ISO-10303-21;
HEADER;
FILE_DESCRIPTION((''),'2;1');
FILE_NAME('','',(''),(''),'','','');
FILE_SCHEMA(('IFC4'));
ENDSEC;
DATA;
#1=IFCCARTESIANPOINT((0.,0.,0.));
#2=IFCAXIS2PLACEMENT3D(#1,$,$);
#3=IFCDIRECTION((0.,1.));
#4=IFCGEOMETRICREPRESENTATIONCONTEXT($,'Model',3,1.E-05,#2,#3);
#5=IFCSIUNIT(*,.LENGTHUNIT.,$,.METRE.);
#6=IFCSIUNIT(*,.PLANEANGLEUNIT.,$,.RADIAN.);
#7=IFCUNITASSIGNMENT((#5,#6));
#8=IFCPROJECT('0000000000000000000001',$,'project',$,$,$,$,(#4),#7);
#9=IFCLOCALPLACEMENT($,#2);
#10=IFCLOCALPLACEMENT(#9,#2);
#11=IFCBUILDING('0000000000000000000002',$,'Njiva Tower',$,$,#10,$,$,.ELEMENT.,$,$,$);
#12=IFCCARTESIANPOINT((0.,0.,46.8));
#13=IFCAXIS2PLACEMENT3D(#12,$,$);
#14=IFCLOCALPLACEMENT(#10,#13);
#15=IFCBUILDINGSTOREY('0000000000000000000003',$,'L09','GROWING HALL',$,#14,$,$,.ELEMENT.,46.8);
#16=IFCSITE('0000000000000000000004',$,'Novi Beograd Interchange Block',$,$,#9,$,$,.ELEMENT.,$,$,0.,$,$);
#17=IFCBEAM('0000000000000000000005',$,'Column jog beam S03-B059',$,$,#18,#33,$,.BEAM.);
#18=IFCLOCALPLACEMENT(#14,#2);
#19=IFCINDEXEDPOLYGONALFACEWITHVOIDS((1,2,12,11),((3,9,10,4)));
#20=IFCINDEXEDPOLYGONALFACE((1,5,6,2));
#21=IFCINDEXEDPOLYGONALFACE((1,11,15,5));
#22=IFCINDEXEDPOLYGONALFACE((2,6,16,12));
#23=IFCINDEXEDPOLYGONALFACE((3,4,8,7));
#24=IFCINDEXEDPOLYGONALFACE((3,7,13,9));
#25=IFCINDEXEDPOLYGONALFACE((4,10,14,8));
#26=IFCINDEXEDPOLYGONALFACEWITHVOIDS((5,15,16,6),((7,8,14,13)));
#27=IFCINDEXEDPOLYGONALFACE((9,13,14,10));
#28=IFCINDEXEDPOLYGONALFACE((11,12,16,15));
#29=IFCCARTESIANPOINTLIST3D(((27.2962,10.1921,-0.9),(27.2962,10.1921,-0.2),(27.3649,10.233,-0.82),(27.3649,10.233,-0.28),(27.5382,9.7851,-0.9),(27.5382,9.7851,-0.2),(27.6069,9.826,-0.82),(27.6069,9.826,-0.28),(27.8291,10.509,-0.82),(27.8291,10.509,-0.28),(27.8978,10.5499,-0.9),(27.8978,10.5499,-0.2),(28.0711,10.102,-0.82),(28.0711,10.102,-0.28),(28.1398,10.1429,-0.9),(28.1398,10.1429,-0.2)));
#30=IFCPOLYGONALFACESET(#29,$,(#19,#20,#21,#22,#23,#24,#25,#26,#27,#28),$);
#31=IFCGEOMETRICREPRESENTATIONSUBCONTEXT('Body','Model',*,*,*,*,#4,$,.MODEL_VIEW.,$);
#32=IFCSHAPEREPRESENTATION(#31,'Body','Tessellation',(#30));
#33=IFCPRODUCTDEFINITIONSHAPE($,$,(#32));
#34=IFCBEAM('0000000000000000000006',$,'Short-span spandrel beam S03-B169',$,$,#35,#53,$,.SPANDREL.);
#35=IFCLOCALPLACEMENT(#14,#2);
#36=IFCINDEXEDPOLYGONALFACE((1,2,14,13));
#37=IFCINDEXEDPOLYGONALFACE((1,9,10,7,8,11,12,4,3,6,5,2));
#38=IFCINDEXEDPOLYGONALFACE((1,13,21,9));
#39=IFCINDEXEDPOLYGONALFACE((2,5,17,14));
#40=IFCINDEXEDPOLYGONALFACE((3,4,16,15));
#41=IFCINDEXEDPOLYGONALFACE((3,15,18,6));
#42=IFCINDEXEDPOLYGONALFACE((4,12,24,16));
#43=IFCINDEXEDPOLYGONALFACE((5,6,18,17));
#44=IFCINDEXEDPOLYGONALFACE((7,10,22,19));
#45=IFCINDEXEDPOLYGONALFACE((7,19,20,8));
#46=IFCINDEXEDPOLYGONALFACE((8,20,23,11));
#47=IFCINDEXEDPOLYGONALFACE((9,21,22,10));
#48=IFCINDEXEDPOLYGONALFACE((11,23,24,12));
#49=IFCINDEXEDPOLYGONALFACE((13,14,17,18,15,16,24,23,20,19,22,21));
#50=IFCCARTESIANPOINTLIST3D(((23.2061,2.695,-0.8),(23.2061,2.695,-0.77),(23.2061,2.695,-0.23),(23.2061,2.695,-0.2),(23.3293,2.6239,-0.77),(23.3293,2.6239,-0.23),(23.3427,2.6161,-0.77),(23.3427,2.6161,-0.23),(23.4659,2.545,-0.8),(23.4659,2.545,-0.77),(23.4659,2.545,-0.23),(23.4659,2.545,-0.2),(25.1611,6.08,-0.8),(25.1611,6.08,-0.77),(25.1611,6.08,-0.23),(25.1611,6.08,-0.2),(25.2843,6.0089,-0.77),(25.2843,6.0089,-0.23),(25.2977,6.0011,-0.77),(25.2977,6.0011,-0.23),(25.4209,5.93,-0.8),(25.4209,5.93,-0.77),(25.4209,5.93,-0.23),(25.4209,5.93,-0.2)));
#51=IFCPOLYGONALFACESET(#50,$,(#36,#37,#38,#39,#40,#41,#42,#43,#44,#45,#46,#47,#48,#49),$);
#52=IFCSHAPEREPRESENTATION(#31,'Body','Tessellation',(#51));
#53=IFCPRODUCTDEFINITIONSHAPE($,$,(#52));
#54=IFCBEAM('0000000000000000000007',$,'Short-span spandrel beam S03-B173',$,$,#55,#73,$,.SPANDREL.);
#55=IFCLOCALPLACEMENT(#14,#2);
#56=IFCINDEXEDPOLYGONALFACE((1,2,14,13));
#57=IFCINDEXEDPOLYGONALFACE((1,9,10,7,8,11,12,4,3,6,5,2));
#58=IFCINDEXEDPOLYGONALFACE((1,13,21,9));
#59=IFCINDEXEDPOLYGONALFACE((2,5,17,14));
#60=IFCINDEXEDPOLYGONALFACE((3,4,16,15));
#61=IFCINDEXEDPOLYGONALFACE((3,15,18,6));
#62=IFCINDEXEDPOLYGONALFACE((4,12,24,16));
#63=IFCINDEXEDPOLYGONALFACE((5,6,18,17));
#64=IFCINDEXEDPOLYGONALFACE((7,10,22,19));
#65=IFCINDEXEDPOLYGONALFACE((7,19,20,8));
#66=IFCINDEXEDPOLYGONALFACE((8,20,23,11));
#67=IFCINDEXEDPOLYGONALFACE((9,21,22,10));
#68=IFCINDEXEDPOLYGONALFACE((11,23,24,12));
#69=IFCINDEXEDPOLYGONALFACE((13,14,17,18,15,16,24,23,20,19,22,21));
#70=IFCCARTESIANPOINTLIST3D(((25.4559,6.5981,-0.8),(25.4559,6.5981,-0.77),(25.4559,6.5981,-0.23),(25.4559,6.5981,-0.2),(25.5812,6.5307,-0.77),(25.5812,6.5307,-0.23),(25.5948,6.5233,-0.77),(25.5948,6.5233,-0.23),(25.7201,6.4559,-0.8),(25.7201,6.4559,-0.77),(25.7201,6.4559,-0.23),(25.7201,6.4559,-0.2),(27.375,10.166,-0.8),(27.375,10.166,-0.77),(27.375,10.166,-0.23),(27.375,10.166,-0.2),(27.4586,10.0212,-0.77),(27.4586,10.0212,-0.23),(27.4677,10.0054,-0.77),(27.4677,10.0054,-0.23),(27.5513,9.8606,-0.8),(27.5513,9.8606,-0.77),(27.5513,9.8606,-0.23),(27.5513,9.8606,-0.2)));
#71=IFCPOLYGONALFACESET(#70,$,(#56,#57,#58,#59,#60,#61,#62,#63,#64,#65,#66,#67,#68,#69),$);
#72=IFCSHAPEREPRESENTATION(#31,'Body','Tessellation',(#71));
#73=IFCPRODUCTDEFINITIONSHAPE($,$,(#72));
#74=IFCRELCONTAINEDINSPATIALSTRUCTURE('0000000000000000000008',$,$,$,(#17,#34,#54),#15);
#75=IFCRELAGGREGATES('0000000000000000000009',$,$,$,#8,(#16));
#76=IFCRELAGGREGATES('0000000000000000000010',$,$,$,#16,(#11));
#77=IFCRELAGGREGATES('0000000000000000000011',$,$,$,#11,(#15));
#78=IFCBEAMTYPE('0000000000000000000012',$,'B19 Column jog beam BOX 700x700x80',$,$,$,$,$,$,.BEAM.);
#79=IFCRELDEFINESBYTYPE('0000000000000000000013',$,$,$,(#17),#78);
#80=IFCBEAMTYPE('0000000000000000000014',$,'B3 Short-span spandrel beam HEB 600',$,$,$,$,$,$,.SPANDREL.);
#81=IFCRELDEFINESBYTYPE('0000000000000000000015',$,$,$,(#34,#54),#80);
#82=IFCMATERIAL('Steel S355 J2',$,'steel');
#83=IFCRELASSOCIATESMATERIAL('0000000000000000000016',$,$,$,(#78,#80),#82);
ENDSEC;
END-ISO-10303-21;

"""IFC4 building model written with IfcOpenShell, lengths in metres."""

from ifc_helpers import new_model, si_unit, direction, frame, origin, origin_2d, place, context, subcontext, project, spatial, hollow_rectangle, i_section, extrude, clip, halfspace, material, material_profile, profile_set, type_object, element, save


model = new_model("IFC4")

# Units and contexts
model_context = context("Model", 3, precision=1e-05, world=origin(), true_north=direction((0.0, 1.0)))
body_context = subcontext(model_context, "Body", "Model", "MODEL_VIEW")
ifc_project = project(units=[si_unit("LENGTHUNIT", "METRE"), si_unit("PLANEANGLEUNIT", "RADIAN")], contexts=[model_context])

# Site, building, storey
site_placement = place(None, origin())
site = spatial("IfcSite", under=ifc_project, at=site_placement, Name="Novi Beograd Interchange Block", CompositionType="ELEMENT", RefElevation=0.0)
building_placement = place(site_placement, origin())
building = spatial("IfcBuilding", under=site, at=building_placement, Name="Njiva Tower", CompositionType="ELEMENT")
storey_placement = place(building_placement, frame((0.0, 0.0, 46.8)))
storey = spatial("IfcBuildingStorey", under=building, at=storey_placement, Name="L09", Description="GROWING HALL", CompositionType="ELEMENT", Elevation=46.8)

# Shared definitions
ifc_material_1 = material(Name="Steel S355 J2", Category="steel")

# Beams
ifc_material_profile_1 = material_profile(ifc_material_1, hollow_rectangle(XDim=0.7, YDim=0.7, WallThickness=0.08, at=origin_2d()), Name="BOX 700x700x80")
ifc_profile_set_1 = profile_set([ifc_material_profile_1], Name="Steel S355 J2")
beam_type_1 = type_object("IfcBeamType", Name="B19 Column jog beam BOX 700x700x80", PredefinedType="BEAM", material=ifc_profile_set_1)
beam_1_placement = place(storey_placement, frame((27.839, 9.964, -0.55), z_axis=(-0.511075, 0.859536, 0.0), x_axis=(-0.859536, -0.511075, 0.0)))
element("IfcBeam", 1, at=beam_1_placement, inside=storey, type_object=beam_type_1, Name="Column jog beam S03-B059", PredefinedType="BEAM", context=body_context, shape_type="SweptSolid", body=[
    extrude(hollow_rectangle(XDim=0.7, YDim=0.7, WallThickness=0.08, at=origin_2d()), origin(), (0.0, 0.0, 1.0), 0.4735),
])
ifc_material_profile_2 = material_profile(ifc_material_1, i_section(OverallWidth=0.3, OverallDepth=0.6, WebThickness=0.0155, FlangeThickness=0.03, at=origin_2d()), Name="HEB 600")
ifc_profile_set_2 = profile_set([ifc_material_profile_2], Name="Steel S355 J2")
beam_type_2 = type_object("IfcBeamType", Name="B3 Short-span spandrel beam HEB 600", PredefinedType="SPANDREL", material=ifc_profile_set_2)
beam_2_placement = place(storey_placement, frame((23.336, 2.62, -0.5), z_axis=(0.500128, 0.865951, 0.0), x_axis=(-0.865951, 0.500128, 0.0)))
element("IfcBeam", 2, at=beam_2_placement, inside=storey, type_object=beam_type_2, Name="Short-span spandrel beam S03-B169", PredefinedType="SPANDREL", context=body_context, shape_type="SweptSolid", body=[
    extrude(i_section(OverallWidth=0.3, OverallDepth=0.6, WebThickness=0.0155, FlangeThickness=0.03, at=origin_2d()), origin(), (0.0, 0.0, 1.0), 3.909),
])
beam_3_placement = place(storey_placement, frame((25.588, 6.527, -0.5), z_axis=(0.473693, 0.88069, 0.0), x_axis=(-0.88069, 0.473693, 0.0)))
element("IfcBeam", 3, at=beam_3_placement, inside=storey, type_object=beam_type_2, Name="Short-span spandrel beam S03-B173", PredefinedType="SPANDREL", context=body_context, shape_type="Clipping", body=[
    clip(extrude(i_section(OverallWidth=0.3, OverallDepth=0.6, WebThickness=0.0155, FlangeThickness=0.03, at=origin_2d()), origin(), (0.0, 0.0, 1.0), 4.0713), halfspace(frame((-0.0264, 0.0, 3.9423), z_axis=(-0.525855, 0.0, 0.850574), x_axis=(0.0, 1.0, 0.0)), False)),
])

save(model, "model.ifc")
